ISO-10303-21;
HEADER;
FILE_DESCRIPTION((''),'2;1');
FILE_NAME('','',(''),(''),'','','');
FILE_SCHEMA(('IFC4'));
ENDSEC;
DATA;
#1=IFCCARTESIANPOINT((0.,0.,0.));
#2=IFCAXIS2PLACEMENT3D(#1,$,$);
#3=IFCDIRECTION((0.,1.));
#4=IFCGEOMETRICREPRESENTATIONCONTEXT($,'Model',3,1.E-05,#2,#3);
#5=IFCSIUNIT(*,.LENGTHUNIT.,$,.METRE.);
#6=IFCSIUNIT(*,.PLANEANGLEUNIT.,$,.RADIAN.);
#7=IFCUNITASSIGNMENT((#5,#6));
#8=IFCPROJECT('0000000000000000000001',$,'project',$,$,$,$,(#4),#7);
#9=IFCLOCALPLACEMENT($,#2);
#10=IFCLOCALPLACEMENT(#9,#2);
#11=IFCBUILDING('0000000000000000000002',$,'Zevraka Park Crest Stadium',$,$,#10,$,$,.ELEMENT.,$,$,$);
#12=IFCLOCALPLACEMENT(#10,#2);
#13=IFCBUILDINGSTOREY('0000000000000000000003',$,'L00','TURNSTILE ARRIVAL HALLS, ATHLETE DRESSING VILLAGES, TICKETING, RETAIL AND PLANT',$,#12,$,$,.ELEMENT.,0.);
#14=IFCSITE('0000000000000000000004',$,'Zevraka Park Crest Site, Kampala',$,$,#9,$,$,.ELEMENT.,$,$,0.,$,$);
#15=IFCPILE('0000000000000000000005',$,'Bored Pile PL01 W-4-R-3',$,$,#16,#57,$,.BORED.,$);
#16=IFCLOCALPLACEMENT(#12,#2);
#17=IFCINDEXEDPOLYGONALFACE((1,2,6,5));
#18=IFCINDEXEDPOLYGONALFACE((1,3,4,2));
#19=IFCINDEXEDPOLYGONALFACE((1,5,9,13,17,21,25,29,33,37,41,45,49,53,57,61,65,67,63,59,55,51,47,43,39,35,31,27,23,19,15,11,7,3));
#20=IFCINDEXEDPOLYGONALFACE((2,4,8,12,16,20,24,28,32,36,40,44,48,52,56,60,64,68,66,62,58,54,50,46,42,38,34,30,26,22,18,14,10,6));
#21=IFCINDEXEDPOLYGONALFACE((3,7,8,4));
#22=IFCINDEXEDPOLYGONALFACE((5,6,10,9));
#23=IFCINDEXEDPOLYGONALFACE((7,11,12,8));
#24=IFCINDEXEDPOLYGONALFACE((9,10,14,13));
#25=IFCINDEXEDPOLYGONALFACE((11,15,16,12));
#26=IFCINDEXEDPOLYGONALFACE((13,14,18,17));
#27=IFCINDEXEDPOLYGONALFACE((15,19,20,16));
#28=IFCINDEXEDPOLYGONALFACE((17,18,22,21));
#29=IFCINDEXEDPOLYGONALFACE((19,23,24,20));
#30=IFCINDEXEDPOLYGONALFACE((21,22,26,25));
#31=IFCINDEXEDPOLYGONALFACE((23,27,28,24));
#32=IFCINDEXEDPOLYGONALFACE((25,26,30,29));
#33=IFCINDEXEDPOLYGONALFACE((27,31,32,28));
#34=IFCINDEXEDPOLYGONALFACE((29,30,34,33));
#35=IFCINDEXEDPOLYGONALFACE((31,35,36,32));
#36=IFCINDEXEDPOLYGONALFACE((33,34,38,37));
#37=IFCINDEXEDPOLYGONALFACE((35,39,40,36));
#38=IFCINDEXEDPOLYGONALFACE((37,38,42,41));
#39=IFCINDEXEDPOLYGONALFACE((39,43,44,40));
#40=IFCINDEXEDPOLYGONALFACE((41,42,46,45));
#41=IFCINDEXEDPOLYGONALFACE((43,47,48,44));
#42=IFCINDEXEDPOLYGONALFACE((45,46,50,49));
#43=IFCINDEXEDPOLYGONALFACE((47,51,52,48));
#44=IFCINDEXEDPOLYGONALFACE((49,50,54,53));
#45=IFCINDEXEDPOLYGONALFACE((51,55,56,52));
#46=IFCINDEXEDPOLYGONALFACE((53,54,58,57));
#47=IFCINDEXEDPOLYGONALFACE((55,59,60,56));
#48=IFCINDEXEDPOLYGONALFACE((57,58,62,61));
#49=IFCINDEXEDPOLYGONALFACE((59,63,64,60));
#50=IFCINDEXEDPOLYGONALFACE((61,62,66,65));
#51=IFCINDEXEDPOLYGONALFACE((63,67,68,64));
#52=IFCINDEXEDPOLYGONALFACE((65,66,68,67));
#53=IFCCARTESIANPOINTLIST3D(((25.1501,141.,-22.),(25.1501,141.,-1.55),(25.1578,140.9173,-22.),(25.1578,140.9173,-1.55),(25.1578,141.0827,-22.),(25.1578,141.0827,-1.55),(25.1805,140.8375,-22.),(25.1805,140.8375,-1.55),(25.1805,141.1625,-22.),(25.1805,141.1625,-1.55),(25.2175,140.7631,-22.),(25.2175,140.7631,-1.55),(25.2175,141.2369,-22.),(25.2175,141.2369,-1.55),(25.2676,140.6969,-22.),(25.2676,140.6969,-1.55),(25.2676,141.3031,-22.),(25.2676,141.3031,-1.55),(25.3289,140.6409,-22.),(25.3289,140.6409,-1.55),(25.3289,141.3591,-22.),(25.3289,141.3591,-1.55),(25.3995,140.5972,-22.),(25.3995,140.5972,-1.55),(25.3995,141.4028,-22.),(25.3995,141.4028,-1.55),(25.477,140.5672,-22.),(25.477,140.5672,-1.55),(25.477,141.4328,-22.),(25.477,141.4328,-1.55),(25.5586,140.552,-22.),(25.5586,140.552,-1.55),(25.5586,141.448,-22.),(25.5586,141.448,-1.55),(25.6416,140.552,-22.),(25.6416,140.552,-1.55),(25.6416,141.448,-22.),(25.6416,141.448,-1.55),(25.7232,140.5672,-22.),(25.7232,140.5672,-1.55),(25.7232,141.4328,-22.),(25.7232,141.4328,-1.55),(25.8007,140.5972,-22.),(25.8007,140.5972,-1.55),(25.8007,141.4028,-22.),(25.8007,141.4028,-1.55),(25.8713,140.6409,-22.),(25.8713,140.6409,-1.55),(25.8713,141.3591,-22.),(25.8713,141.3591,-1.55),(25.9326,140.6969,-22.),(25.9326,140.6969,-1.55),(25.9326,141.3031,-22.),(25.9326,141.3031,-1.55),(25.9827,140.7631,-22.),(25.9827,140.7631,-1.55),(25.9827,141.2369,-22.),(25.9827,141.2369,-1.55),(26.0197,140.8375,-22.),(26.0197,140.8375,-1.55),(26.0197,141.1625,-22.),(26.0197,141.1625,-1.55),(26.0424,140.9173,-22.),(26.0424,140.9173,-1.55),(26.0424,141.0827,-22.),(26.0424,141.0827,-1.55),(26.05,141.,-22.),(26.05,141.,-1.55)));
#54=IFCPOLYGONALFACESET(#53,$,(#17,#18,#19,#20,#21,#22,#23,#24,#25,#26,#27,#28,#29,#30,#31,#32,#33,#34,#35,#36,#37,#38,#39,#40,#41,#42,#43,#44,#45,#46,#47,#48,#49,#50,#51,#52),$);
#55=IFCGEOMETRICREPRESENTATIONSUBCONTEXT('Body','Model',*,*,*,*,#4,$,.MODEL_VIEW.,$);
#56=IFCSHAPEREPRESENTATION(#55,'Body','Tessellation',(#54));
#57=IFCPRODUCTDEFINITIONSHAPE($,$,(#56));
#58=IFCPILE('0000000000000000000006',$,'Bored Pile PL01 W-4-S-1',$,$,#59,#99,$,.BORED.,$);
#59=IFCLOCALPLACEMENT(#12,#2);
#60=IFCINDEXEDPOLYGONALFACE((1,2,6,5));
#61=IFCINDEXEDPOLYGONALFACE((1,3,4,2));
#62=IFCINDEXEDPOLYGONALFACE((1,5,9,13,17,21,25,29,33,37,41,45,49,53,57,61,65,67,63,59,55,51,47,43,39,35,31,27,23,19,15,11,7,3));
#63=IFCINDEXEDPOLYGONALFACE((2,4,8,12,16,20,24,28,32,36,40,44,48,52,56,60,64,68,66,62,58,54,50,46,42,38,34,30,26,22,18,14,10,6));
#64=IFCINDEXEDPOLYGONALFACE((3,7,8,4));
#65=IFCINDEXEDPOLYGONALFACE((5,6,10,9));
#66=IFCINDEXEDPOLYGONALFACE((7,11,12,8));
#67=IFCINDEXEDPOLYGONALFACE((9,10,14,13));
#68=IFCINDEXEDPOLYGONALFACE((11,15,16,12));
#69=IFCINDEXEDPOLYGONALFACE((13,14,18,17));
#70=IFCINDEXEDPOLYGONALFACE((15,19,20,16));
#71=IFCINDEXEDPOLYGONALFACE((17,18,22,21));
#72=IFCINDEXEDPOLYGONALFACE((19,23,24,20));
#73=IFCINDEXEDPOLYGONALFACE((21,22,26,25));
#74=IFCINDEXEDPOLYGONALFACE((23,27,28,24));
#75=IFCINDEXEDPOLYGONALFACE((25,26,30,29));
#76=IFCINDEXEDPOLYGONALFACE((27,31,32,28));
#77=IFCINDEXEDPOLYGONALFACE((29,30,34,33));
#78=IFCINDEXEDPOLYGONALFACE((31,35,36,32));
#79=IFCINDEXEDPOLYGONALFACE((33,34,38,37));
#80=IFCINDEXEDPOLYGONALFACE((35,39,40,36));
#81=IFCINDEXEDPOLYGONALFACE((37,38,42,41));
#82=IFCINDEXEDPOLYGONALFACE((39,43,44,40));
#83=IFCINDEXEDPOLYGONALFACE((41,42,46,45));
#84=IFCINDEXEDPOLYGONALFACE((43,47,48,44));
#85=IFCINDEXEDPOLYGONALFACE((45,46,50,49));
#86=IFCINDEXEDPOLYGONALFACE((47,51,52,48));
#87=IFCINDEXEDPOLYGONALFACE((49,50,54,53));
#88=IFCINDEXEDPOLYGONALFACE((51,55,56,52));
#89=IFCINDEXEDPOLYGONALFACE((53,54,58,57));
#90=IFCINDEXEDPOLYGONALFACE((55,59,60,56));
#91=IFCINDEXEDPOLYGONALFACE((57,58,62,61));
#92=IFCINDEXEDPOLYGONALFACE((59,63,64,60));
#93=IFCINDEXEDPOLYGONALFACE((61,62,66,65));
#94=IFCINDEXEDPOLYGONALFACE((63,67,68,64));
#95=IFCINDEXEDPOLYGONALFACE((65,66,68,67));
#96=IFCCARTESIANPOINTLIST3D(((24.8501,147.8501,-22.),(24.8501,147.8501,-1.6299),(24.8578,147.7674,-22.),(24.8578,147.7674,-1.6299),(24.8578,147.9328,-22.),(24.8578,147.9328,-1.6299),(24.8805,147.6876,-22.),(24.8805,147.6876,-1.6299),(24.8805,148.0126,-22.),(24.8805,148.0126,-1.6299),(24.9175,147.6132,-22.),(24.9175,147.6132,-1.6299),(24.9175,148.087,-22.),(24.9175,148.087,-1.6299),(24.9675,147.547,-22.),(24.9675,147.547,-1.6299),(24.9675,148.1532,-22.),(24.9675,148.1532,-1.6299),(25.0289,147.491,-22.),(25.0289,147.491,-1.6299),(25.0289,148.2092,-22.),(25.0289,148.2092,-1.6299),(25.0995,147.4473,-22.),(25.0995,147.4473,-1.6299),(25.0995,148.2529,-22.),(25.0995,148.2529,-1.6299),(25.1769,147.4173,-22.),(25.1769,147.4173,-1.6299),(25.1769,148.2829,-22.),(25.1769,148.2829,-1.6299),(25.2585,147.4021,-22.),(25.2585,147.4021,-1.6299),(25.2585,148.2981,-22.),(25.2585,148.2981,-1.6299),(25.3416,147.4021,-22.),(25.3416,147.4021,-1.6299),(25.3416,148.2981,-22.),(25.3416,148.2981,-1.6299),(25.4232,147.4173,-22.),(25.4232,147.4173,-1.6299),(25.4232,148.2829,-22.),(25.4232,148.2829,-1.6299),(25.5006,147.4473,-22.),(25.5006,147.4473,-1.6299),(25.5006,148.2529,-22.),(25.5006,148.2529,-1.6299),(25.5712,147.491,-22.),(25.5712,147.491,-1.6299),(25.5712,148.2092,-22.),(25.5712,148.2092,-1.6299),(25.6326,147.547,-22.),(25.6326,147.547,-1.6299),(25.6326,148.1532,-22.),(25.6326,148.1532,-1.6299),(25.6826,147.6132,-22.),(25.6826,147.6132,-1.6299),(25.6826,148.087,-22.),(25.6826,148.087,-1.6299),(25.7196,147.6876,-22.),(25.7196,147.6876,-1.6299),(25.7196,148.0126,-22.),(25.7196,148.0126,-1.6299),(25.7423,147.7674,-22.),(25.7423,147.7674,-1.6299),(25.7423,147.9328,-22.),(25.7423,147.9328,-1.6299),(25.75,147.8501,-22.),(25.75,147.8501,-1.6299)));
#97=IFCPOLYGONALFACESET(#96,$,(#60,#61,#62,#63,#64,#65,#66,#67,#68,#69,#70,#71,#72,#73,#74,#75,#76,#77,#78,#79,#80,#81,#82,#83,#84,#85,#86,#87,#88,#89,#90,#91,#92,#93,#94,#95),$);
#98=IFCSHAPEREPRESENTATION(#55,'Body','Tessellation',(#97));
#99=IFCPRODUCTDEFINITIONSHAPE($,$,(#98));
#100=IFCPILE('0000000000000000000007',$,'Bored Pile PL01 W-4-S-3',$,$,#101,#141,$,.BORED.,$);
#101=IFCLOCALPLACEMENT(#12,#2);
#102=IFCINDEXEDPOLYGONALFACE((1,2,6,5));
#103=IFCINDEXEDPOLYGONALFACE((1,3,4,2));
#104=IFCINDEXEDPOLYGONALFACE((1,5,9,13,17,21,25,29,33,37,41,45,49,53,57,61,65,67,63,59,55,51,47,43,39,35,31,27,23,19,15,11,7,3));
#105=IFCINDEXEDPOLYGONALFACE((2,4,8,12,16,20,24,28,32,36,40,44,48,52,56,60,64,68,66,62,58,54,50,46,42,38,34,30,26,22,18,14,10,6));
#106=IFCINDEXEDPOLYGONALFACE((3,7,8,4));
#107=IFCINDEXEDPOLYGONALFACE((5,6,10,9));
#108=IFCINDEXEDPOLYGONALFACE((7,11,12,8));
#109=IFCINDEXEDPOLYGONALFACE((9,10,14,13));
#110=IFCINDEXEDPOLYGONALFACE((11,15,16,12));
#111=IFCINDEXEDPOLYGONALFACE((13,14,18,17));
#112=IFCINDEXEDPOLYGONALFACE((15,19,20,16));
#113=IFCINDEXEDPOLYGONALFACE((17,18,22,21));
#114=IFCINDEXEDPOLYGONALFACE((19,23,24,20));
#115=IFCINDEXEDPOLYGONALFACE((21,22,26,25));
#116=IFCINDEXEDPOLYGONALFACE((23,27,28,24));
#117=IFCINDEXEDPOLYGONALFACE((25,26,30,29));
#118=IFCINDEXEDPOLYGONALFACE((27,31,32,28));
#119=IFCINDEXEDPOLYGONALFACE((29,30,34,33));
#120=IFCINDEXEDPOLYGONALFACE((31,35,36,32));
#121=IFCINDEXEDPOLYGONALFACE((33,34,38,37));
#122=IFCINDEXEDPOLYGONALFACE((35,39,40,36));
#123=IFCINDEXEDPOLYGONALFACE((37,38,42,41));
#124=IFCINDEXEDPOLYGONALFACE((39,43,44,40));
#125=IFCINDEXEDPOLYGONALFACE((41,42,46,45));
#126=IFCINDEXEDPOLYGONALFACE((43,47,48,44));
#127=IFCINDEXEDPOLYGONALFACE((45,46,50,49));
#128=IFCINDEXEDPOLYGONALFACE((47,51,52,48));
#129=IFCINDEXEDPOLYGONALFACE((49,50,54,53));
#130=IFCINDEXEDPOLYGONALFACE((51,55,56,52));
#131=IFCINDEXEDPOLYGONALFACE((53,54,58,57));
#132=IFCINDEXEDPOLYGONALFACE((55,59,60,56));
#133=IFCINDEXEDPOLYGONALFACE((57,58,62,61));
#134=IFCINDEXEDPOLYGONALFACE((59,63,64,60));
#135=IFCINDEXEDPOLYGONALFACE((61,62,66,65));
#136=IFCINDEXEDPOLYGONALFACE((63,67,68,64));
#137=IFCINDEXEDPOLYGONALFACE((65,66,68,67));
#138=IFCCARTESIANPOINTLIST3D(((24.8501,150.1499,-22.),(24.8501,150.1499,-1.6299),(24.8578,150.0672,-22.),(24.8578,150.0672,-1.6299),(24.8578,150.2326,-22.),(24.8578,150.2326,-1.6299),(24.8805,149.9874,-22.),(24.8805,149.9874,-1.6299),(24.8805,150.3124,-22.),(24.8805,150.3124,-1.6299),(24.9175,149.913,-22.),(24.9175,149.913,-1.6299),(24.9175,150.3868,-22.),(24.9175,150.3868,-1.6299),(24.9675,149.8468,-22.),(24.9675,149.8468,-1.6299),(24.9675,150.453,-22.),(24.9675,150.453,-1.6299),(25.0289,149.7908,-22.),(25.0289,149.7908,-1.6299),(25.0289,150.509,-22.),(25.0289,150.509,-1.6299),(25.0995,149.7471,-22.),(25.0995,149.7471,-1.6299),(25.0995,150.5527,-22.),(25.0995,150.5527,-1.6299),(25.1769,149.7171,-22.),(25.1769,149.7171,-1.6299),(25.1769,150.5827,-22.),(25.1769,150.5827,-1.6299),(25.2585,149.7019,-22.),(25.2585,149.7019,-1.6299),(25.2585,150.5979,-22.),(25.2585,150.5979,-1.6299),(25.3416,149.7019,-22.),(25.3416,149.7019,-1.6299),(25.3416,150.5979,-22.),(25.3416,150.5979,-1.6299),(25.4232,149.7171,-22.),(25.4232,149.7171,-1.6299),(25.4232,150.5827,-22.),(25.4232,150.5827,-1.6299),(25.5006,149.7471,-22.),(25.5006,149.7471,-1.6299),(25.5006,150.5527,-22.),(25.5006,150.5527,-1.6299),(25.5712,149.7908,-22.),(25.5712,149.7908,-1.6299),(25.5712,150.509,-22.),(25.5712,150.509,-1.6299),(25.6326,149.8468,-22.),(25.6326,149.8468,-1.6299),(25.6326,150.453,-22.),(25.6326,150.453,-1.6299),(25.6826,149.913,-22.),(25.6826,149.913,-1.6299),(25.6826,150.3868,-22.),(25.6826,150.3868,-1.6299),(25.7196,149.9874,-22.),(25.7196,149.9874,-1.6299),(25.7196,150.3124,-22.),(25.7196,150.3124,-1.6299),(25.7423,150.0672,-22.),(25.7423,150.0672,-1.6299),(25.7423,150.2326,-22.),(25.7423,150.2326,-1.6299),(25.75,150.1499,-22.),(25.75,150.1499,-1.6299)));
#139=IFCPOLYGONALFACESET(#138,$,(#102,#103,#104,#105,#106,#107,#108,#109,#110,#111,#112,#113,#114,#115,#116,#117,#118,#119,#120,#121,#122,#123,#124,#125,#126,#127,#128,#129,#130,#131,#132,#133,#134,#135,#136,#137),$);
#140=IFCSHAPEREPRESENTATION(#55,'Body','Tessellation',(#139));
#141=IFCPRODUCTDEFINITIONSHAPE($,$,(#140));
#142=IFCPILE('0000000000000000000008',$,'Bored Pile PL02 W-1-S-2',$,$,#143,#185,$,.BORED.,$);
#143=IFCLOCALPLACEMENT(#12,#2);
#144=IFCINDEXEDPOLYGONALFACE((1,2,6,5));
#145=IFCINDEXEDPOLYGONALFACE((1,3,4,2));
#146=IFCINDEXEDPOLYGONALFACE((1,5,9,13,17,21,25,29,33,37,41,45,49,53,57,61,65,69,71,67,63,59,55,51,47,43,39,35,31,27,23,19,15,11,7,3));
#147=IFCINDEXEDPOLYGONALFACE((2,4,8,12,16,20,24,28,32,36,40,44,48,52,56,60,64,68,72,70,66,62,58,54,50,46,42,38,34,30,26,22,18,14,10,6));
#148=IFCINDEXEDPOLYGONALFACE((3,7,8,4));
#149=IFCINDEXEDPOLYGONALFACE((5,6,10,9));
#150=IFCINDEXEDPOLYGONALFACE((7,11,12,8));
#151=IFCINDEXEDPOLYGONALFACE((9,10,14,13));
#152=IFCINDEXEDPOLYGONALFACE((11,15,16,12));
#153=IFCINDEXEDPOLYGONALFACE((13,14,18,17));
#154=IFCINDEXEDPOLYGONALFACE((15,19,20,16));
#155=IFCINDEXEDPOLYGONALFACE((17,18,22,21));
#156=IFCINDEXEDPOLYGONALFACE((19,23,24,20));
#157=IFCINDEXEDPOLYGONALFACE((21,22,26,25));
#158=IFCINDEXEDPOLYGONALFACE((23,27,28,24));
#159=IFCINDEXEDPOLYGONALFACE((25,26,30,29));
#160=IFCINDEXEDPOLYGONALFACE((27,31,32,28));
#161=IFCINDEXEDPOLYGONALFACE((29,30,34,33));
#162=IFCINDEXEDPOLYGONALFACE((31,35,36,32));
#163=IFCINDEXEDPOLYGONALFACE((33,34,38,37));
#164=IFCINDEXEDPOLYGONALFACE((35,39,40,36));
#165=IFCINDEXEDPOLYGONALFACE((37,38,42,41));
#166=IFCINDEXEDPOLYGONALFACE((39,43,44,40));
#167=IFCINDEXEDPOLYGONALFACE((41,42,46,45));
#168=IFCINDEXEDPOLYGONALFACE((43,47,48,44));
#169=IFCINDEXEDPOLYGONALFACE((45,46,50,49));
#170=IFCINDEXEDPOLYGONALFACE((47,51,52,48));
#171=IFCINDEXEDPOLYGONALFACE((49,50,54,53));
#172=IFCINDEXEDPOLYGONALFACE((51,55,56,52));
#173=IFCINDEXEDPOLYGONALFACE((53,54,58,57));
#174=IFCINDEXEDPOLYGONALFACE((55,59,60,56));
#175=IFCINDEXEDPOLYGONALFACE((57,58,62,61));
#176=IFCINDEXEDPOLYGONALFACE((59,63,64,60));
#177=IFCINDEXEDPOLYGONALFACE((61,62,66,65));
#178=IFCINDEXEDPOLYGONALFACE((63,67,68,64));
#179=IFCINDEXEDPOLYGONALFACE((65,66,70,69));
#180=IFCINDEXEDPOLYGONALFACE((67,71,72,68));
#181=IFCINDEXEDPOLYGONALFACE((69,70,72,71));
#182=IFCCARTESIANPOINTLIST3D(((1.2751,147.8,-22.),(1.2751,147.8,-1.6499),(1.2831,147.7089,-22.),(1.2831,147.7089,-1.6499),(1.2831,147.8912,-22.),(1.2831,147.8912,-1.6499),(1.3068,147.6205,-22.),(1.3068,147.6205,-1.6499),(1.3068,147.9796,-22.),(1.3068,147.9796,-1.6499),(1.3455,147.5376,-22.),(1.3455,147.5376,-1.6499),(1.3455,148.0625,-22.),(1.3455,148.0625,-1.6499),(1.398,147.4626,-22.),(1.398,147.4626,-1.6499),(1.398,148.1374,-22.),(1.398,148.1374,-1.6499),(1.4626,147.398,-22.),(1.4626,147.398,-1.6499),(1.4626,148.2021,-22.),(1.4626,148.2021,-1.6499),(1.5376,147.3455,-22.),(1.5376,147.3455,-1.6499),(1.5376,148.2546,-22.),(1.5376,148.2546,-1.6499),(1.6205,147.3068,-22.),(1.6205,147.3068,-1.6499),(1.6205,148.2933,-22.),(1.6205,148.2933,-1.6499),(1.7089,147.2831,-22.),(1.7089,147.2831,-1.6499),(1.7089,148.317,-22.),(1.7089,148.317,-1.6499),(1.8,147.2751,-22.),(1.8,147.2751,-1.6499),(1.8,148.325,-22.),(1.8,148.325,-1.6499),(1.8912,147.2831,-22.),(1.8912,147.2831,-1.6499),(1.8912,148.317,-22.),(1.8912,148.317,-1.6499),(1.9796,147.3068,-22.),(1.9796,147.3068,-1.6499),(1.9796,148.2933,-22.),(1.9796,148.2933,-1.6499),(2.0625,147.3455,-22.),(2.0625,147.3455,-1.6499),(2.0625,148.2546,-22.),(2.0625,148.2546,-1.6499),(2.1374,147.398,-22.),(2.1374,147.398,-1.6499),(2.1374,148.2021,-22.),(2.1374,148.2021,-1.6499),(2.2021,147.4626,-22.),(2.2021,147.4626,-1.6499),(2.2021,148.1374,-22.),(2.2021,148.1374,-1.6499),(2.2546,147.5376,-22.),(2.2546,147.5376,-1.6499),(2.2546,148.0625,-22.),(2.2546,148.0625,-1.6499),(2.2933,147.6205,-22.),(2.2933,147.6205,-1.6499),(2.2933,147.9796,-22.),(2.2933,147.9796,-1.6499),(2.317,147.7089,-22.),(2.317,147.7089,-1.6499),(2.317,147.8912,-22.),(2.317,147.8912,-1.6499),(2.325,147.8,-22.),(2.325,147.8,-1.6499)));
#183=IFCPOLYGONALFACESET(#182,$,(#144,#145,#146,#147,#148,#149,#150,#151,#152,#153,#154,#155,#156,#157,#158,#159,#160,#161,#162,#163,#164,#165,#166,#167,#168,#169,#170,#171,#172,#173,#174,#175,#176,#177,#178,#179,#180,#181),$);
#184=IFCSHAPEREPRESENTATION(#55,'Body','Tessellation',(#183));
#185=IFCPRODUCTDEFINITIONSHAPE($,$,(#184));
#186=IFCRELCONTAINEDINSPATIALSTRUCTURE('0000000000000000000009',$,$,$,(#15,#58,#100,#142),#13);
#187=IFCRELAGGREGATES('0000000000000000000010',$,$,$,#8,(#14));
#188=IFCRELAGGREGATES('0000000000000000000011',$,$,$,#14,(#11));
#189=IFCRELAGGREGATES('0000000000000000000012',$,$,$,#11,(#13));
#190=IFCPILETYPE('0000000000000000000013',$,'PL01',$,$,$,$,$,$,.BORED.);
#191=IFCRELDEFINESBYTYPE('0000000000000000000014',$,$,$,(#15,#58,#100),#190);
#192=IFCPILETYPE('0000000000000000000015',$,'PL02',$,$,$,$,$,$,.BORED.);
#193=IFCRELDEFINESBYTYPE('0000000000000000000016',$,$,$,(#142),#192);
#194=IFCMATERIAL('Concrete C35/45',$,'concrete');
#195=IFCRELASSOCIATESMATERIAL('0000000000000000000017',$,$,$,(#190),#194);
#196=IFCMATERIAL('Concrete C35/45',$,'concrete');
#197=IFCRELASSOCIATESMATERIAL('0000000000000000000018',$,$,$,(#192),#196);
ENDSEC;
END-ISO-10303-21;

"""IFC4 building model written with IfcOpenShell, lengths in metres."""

from ifc_helpers import new_model, si_unit, direction, frame, origin, origin_2d, place, context, subcontext, project, spatial, circle, extrude, material, material_profile, profile_set, type_object, element, save


model = new_model("IFC4")

# Units and contexts
model_context = context("Model", 3, precision=1e-05, world=origin(), true_north=direction((0.0, 1.0)))
body_context = subcontext(model_context, "Body", "Model", "MODEL_VIEW")
ifc_project = project(units=[si_unit("LENGTHUNIT", "METRE"), si_unit("PLANEANGLEUNIT", "RADIAN")], contexts=[model_context])

# Site, building, storey
site_placement = place(None, origin())
site = spatial("IfcSite", under=ifc_project, at=site_placement, Name="Zevraka Park Crest Site, Kampala", CompositionType="ELEMENT", RefElevation=0.0)
building_placement = place(site_placement, origin())
building = spatial("IfcBuilding", under=site, at=building_placement, Name="Zevraka Park Crest Stadium", CompositionType="ELEMENT")
storey_placement = place(building_placement, origin())
storey = spatial("IfcBuildingStorey", under=building, at=storey_placement, Name="L00", Description="TURNSTILE ARRIVAL HALLS, ATHLETE DRESSING VILLAGES, TICKETING, RETAIL AND PLANT", CompositionType="ELEMENT", Elevation=0.0)

# Piles
ifc_material_1 = material(Name="Concrete C35/45", Category="concrete")
ifc_material_profile_1 = material_profile(ifc_material_1, circle(Radius=0.45, at=origin_2d()), Name="PILE D900")
ifc_profile_set_1 = profile_set([ifc_material_profile_1], Name="Concrete C35/45")
pile_type_1 = type_object("IfcPileType", Name="PL01", PredefinedType="BORED", material=ifc_profile_set_1)
for number, where, z_axis, x_axis, name in (
    (1, (25.6001, 141.0, -1.55), (0.0, 0.0, -1.0), (1.0, 0.0, 0.0), "Bored Pile PL01 W-4-R-3"),
):
    element("IfcPile", number, at=place(storey_placement, frame(where, z_axis=z_axis, x_axis=x_axis)), inside=storey, type_object=pile_type_1, Name=name, PredefinedType="BORED", context=body_context, shape_type="SweptSolid", body=[
        extrude(circle(Radius=0.45, at=origin_2d()), origin(), (0.0, 0.0, 1.0), 20.45),
    ])
for number, where, z_axis, x_axis, name in (
    (2, (25.3, 147.8501, -1.6299), (0.0, 0.0, -1.0), (1.0, 0.0, 0.0), "Bored Pile PL01 W-4-S-1"),
    (3, (25.3, 150.1499, -1.6299), (0.0, 0.0, -1.0), (1.0, 0.0, 0.0), "Bored Pile PL01 W-4-S-3"),
):
    element("IfcPile", number, at=place(storey_placement, frame(where, z_axis=z_axis, x_axis=x_axis)), inside=storey, type_object=pile_type_1, Name=name, PredefinedType="BORED", context=body_context, shape_type="SweptSolid", body=[
        extrude(circle(Radius=0.45, at=origin_2d()), origin(), (0.0, 0.0, 1.0), 20.3701),
    ])
ifc_material_2 = material(Name="Concrete C35/45", Category="concrete")
ifc_material_profile_2 = material_profile(ifc_material_2, circle(Radius=0.5249, at=origin_2d()), Name="PILE D1050")
ifc_profile_set_2 = profile_set([ifc_material_profile_2], Name="Concrete C35/45")
pile_type_2 = type_object("IfcPileType", Name="PL02", PredefinedType="BORED", material=ifc_profile_set_2)
for number, where, z_axis, x_axis, name in (
    (4, (1.8, 147.8, -1.6499), (0.0, 0.0, -1.0), (1.0, 0.0, 0.0), "Bored Pile PL02 W-1-S-2"),
):
    element("IfcPile", number, at=place(storey_placement, frame(where, z_axis=z_axis, x_axis=x_axis)), inside=storey, type_object=pile_type_2, Name=name, PredefinedType="BORED", context=body_context, shape_type="SweptSolid", body=[
        extrude(circle(Radius=0.5249, at=origin_2d()), origin(), (0.0, 0.0, 1.0), 20.3501),
    ])

save(model, "model.ifc")
